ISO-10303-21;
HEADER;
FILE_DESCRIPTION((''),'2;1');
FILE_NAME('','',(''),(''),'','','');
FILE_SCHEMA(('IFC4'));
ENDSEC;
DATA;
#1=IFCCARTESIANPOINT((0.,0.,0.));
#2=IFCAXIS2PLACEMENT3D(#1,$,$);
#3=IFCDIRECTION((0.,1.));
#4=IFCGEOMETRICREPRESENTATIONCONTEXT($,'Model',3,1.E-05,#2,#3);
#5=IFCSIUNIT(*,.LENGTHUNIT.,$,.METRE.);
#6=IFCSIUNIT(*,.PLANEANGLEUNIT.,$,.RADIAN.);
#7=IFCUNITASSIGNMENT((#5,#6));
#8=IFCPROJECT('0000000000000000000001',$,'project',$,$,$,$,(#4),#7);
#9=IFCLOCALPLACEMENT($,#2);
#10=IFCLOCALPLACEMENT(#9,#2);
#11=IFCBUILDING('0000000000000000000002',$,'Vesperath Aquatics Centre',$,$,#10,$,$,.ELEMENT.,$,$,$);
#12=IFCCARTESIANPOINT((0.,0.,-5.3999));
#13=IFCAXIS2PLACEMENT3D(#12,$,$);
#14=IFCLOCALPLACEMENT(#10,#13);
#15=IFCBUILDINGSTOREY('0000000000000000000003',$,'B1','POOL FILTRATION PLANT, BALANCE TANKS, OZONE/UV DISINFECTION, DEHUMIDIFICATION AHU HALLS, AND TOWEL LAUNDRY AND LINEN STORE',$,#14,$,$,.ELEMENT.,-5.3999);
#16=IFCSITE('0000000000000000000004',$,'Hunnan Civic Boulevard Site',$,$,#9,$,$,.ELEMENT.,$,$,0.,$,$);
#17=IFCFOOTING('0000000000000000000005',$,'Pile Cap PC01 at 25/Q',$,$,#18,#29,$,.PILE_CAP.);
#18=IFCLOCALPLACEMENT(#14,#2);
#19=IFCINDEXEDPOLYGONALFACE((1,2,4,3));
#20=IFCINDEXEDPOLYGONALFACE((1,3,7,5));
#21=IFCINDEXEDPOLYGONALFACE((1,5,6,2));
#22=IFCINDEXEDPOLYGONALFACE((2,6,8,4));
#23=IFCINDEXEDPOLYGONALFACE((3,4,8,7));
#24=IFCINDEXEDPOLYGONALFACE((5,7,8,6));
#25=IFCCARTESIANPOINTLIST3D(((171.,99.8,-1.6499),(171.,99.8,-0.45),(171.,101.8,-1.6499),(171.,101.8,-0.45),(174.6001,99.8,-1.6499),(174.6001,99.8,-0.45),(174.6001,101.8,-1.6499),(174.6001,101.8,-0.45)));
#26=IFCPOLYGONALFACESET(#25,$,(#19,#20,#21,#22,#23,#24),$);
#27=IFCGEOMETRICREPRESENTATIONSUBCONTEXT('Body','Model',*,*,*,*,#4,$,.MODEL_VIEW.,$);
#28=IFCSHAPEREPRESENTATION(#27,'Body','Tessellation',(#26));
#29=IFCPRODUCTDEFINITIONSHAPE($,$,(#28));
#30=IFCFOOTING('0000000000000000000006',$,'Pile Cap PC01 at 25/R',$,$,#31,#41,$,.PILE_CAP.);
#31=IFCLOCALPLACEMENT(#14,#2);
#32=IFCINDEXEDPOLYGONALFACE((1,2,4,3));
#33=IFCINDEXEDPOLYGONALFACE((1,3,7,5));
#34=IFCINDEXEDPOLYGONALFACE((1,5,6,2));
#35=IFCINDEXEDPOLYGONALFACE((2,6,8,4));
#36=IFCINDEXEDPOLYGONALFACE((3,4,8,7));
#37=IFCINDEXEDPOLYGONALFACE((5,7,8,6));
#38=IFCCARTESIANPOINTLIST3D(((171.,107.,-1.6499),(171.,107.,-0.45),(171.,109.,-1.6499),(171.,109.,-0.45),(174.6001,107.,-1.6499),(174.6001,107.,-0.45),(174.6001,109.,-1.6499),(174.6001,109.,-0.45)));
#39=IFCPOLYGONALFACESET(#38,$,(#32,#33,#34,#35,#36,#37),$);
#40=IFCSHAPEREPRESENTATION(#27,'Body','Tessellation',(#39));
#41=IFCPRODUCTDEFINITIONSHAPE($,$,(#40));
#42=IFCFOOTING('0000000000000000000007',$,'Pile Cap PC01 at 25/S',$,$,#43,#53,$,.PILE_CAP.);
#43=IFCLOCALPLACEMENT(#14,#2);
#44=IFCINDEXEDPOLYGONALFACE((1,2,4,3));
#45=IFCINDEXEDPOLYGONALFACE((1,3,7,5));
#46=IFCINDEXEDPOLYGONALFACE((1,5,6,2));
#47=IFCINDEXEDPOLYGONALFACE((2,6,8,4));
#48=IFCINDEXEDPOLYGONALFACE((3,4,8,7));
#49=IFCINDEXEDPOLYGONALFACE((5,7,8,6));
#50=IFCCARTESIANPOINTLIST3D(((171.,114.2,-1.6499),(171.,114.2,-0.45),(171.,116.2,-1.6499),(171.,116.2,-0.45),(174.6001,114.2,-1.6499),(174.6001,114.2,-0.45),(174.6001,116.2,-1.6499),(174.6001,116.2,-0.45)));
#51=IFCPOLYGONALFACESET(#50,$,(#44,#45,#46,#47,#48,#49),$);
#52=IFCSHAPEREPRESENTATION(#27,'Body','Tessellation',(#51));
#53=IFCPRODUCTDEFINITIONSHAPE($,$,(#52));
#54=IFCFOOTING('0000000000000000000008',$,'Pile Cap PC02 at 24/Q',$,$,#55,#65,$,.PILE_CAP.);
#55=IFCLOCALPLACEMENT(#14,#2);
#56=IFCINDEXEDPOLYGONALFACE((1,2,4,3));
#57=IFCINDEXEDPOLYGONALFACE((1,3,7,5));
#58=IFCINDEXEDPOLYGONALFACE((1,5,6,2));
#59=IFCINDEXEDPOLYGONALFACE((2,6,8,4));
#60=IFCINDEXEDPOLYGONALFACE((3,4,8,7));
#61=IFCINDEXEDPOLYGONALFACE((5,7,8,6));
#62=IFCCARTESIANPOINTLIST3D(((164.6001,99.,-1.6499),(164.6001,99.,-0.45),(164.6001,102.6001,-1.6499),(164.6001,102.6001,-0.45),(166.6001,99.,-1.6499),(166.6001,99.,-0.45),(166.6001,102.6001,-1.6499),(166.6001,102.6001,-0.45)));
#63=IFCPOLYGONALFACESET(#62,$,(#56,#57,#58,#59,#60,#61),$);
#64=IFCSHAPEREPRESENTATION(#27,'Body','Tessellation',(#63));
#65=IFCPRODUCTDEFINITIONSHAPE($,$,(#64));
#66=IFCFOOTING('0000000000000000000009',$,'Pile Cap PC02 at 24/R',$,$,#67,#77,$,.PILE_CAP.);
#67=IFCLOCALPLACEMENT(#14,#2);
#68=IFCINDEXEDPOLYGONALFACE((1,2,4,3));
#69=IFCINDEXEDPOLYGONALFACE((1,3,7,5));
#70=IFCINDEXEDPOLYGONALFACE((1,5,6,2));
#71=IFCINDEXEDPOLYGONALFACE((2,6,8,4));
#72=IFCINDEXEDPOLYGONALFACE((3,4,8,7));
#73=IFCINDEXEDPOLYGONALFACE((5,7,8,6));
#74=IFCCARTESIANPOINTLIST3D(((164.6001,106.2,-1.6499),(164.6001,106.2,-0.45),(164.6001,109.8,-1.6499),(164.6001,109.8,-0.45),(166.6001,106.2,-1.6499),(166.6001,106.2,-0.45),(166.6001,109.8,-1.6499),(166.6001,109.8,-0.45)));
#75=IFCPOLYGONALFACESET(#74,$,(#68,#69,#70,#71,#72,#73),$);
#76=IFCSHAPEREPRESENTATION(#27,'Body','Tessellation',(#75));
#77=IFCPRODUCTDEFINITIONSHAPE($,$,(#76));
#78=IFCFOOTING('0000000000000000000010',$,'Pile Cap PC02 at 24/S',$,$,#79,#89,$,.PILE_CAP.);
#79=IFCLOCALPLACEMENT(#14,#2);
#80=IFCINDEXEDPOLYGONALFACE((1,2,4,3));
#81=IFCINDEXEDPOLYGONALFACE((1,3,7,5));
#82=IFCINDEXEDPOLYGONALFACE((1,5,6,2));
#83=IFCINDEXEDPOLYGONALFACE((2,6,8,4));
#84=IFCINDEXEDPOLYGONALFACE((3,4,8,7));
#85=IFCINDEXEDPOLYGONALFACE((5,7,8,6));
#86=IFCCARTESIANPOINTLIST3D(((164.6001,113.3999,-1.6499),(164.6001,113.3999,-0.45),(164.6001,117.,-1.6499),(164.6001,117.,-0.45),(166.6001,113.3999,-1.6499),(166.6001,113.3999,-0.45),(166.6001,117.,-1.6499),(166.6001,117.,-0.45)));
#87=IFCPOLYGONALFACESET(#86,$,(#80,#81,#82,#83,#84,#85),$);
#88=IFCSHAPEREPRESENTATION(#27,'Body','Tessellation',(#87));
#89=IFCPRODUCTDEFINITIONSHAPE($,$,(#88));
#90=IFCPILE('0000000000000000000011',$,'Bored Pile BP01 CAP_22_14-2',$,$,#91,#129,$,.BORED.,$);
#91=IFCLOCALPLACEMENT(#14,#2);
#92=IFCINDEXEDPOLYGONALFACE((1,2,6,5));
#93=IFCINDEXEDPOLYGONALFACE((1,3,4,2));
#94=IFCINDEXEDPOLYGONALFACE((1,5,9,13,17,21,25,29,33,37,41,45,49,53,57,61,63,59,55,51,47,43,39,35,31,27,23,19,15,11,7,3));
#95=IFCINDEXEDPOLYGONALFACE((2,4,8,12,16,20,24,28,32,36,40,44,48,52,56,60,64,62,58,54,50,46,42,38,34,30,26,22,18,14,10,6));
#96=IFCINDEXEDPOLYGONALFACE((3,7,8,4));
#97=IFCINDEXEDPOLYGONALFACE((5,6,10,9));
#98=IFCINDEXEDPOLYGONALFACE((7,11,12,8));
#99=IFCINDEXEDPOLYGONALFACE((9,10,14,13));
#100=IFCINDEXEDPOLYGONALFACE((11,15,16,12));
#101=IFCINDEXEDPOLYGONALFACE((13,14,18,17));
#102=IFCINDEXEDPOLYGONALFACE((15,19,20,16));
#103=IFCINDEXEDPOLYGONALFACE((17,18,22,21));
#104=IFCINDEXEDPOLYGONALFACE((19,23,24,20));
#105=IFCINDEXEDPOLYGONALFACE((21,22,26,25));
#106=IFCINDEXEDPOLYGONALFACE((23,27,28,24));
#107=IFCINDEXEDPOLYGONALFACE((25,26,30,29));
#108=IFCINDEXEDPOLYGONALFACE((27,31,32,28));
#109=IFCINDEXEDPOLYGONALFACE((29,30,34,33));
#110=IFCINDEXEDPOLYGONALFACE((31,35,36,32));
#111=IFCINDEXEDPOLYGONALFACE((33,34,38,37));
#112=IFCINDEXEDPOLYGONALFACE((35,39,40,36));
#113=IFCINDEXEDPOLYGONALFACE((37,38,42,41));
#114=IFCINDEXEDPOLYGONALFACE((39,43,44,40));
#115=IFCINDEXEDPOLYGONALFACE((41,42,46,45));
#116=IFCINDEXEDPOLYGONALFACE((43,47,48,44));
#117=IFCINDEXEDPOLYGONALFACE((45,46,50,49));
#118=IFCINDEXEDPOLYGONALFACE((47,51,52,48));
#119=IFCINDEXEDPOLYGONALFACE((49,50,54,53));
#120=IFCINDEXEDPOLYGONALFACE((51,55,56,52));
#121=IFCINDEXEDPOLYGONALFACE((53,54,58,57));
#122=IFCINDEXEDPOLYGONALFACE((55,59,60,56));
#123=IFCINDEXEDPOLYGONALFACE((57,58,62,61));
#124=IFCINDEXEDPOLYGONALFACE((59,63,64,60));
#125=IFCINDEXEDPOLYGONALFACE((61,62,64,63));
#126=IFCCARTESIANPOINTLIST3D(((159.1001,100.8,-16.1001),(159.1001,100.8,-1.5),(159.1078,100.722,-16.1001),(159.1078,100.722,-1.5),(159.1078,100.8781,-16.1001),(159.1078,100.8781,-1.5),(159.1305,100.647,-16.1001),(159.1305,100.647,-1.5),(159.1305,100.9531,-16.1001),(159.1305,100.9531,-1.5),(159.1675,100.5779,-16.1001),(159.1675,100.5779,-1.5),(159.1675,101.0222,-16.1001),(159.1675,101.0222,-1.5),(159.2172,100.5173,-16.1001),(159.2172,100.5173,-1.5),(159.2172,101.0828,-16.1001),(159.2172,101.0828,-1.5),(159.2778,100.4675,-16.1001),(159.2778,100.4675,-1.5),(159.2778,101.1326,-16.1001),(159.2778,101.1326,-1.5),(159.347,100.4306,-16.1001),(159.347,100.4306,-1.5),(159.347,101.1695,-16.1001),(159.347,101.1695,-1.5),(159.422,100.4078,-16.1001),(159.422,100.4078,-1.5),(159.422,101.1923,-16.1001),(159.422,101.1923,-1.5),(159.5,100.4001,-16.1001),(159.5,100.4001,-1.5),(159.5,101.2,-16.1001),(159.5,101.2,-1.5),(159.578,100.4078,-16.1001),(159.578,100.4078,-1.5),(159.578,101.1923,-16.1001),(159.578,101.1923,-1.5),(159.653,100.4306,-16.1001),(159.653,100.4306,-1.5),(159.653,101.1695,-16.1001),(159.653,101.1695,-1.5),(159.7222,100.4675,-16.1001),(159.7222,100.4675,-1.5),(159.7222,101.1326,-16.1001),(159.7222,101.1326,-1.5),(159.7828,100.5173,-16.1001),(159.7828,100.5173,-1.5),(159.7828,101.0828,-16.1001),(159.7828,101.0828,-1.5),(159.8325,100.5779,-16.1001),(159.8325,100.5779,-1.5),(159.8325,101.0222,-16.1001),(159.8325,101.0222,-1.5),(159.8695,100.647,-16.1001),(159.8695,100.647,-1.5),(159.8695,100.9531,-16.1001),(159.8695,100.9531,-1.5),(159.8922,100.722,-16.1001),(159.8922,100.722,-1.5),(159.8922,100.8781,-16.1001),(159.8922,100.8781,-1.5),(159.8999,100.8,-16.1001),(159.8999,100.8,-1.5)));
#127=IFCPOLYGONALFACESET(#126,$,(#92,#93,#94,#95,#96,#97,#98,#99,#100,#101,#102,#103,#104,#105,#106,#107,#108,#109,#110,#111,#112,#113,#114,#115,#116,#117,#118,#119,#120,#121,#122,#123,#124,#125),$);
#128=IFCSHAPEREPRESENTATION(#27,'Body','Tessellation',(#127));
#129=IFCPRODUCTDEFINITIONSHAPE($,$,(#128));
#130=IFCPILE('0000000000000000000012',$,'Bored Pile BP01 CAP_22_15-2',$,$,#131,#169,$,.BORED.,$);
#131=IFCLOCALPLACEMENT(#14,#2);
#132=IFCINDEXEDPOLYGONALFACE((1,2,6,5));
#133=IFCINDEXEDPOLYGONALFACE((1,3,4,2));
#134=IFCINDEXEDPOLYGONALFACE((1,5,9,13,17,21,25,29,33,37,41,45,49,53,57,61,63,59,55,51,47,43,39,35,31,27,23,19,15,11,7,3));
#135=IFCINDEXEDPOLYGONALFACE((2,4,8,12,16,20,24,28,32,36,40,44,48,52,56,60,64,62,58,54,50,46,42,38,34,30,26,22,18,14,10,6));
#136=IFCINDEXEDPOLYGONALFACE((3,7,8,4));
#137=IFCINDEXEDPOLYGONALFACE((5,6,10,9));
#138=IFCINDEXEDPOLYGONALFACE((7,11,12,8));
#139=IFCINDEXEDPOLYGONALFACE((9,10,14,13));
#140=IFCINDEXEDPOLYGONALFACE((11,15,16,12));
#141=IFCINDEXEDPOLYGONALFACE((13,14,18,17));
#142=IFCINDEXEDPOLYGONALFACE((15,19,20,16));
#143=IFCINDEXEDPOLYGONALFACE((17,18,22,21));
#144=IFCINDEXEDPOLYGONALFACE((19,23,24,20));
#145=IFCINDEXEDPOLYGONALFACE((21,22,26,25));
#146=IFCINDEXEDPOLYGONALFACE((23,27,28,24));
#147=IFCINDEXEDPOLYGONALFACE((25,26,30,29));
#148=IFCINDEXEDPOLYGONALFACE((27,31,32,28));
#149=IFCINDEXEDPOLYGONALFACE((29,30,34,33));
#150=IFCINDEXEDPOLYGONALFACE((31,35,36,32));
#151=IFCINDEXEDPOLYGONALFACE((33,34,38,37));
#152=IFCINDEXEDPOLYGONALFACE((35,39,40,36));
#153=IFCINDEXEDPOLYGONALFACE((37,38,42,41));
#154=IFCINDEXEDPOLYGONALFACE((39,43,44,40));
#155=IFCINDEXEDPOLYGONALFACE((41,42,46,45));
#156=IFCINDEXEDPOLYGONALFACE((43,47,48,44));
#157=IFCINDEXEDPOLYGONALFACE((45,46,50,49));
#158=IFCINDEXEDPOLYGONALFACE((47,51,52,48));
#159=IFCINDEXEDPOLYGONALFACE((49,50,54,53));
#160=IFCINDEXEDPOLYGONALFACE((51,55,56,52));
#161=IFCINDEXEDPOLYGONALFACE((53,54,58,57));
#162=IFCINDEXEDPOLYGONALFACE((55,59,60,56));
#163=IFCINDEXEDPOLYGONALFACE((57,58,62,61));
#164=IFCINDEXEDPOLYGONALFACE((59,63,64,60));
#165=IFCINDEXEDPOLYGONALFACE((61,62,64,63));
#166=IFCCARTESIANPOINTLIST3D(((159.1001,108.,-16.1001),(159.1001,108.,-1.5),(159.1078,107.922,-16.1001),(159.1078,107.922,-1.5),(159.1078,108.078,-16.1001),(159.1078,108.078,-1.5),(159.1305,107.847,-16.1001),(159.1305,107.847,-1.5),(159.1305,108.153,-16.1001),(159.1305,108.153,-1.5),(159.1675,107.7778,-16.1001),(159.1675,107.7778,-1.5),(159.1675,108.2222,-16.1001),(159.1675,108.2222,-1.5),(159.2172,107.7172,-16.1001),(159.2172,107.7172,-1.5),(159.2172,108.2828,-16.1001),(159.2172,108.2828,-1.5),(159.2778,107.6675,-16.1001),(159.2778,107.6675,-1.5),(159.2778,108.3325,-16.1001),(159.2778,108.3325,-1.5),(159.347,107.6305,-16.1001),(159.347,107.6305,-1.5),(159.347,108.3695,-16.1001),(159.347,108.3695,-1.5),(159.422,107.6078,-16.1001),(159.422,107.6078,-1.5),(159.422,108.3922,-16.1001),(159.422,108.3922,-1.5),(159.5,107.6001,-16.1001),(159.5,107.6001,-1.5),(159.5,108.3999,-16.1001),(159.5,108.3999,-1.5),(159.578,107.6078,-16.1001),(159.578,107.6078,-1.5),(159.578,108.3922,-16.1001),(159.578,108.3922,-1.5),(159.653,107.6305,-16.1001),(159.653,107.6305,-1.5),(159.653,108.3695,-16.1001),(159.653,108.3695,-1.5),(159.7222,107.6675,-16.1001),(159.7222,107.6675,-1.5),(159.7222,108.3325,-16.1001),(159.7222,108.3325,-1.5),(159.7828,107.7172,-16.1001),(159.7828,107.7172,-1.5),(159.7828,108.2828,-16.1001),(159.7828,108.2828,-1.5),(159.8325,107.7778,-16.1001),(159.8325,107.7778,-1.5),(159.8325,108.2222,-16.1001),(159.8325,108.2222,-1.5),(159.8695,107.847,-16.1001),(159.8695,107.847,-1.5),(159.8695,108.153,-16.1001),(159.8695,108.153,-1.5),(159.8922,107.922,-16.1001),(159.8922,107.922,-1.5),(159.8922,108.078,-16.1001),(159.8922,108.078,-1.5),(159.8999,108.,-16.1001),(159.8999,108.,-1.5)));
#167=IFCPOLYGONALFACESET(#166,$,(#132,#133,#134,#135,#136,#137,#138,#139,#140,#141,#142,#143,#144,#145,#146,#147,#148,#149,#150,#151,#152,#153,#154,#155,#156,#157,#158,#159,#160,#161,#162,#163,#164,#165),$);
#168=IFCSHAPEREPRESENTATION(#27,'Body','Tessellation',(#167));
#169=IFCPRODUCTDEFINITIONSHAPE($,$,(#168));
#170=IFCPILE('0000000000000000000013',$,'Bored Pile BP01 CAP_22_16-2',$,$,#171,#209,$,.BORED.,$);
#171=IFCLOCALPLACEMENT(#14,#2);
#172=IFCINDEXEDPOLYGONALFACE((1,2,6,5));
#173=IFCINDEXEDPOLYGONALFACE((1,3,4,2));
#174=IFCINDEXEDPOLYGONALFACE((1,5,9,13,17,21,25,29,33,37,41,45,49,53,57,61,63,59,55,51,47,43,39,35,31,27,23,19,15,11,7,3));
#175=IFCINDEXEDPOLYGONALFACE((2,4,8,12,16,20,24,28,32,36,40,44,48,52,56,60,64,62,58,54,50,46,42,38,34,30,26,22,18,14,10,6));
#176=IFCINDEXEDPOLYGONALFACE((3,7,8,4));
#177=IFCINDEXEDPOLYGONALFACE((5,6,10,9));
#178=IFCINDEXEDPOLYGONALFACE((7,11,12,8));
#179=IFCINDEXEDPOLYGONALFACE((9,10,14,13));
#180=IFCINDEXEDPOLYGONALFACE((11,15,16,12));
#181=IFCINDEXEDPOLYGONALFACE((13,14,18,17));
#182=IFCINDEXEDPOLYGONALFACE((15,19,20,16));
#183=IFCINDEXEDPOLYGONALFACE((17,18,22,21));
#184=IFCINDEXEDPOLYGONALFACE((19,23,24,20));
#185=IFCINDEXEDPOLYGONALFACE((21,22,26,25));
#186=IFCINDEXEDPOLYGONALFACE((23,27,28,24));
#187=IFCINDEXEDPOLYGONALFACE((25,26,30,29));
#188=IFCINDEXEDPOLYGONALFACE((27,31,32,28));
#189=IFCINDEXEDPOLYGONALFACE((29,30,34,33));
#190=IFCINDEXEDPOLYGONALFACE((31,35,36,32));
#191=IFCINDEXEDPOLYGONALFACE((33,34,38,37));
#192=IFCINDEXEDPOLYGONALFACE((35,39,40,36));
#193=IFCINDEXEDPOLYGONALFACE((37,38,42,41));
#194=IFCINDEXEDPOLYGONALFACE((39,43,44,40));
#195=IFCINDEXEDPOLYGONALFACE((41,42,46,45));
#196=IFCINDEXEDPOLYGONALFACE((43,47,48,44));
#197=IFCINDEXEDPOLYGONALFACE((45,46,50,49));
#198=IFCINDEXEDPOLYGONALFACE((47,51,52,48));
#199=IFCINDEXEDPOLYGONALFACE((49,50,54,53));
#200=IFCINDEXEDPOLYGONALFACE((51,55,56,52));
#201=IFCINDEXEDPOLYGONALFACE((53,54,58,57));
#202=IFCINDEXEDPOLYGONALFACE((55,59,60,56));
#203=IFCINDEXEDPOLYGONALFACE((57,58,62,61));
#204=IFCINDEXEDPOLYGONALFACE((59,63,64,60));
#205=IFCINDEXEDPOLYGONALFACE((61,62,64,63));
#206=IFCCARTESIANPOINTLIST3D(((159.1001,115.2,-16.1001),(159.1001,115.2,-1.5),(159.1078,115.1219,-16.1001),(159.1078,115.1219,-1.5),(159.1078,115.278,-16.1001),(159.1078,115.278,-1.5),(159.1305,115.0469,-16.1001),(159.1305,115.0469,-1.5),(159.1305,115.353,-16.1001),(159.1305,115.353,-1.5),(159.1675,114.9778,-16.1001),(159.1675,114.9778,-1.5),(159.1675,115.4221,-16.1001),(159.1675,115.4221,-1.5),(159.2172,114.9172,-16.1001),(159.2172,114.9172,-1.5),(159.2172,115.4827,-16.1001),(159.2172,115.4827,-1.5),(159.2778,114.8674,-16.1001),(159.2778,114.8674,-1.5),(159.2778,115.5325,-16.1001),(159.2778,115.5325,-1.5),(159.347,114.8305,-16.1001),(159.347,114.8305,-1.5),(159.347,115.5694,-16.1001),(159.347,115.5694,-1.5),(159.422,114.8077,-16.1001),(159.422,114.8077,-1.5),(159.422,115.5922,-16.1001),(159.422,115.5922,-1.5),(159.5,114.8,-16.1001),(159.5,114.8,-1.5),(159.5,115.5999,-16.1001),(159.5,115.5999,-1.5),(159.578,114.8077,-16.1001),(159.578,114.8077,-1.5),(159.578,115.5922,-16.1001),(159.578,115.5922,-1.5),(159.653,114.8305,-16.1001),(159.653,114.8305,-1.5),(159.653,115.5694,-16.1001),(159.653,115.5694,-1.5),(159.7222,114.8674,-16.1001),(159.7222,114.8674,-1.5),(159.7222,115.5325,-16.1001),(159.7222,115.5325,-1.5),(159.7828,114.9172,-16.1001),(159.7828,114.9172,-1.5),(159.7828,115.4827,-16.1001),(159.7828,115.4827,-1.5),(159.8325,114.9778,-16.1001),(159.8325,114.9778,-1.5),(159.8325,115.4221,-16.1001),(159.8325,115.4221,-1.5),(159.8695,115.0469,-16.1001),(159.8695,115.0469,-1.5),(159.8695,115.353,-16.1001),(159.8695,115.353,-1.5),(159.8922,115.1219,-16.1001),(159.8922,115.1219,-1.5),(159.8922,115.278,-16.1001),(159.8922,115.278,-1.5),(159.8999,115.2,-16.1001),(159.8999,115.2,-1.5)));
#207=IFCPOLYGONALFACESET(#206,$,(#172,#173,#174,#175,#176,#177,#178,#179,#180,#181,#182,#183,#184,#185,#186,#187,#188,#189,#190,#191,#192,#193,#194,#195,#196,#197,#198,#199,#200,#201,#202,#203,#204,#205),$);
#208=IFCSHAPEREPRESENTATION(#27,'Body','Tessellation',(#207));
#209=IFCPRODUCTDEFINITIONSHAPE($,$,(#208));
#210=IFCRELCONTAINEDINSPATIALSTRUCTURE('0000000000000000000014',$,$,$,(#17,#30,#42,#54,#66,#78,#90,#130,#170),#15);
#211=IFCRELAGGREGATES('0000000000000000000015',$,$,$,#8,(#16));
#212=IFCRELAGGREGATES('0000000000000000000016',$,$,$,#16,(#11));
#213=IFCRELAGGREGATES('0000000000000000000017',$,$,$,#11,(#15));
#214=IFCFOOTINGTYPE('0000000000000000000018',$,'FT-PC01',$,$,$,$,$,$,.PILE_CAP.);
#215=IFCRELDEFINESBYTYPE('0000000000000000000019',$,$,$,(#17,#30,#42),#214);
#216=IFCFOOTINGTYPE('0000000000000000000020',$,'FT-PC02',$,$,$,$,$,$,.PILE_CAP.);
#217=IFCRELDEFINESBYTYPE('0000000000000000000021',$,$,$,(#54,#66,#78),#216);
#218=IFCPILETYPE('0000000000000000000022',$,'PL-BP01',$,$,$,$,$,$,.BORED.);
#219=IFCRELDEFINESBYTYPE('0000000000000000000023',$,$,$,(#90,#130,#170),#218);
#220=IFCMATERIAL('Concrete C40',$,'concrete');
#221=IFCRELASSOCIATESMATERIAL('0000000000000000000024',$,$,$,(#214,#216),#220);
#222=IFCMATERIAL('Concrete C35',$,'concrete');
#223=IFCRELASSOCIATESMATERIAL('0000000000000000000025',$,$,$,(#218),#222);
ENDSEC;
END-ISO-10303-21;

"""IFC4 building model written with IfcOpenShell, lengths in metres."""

from ifc_helpers import new_model, si_unit, direction, frame, origin, origin_2d, place, context, subcontext, project, spatial, rectangle, circle, extrude, material, material_profile, profile_set, type_object, element, save


model = new_model("IFC4")

# Units and contexts
model_context = context("Model", 3, precision=1e-05, world=origin(), true_north=direction((0.0, 1.0)))
body_context = subcontext(model_context, "Body", "Model", "MODEL_VIEW")
ifc_project = project(units=[si_unit("LENGTHUNIT", "METRE"), si_unit("PLANEANGLEUNIT", "RADIAN")], contexts=[model_context])

# Site, building, storey
site_placement = place(None, origin())
site = spatial("IfcSite", under=ifc_project, at=site_placement, Name="Hunnan Civic Boulevard Site", CompositionType="ELEMENT", RefElevation=0.0)
building_placement = place(site_placement, origin())
building = spatial("IfcBuilding", under=site, at=building_placement, Name="Vesperath Aquatics Centre", CompositionType="ELEMENT")
storey_placement = place(building_placement, frame((0.0, 0.0, -5.3999)))
storey = spatial("IfcBuildingStorey", under=building, at=storey_placement, Name="B1", Description="POOL FILTRATION PLANT, BALANCE TANKS, OZONE/UV DISINFECTION, DEHUMIDIFICATION AHU HALLS, AND TOWEL LAUNDRY AND LINEN STORE", CompositionType="ELEMENT", Elevation=-5.3999)

# Footings
ifc_material_1 = material(Name="Concrete C40", Category="concrete")
footing_type_1 = type_object("IfcFootingType", Name="FT-PC01", PredefinedType="PILE_CAP", material=ifc_material_1)
for number, where, z_axis, x_axis, name in (
    (1, (172.8, 100.8, -1.6499), (0.0, 0.0, 1.0), (1.0, 0.0, 0.0), "Pile Cap PC01 at 25/Q"),
    (2, (172.8, 108.0, -1.6499), (0.0, 0.0, 1.0), (1.0, 0.0, 0.0), "Pile Cap PC01 at 25/R"),
    (3, (172.8, 115.2, -1.6499), (0.0, 0.0, 1.0), (1.0, 0.0, 0.0), "Pile Cap PC01 at 25/S"),
):
    element("IfcFooting", number, at=place(storey_placement, frame(where, z_axis=z_axis, x_axis=x_axis)), inside=storey, type_object=footing_type_1, Name=name, PredefinedType="PILE_CAP", context=body_context, shape_type="SweptSolid", body=[
        extrude(rectangle(XDim=3.6001, YDim=2.0, at=origin_2d()), origin(), (0.0, 0.0, 1.0), 1.2),
    ])
footing_type_2 = type_object("IfcFootingType", Name="FT-PC02", PredefinedType="PILE_CAP", material=ifc_material_1)
for number, where, z_axis, x_axis, name in (
    (4, (165.6001, 100.8, -1.6499), (0.0, 0.0, 1.0), (1.0, 0.0, 0.0), "Pile Cap PC02 at 24/Q"),
    (5, (165.6001, 108.0, -1.6499), (0.0, 0.0, 1.0), (1.0, 0.0, 0.0), "Pile Cap PC02 at 24/R"),
    (6, (165.6001, 115.2, -1.6499), (0.0, 0.0, 1.0), (1.0, 0.0, 0.0), "Pile Cap PC02 at 24/S"),
):
    element("IfcFooting", number, at=place(storey_placement, frame(where, z_axis=z_axis, x_axis=x_axis)), inside=storey, type_object=footing_type_2, Name=name, PredefinedType="PILE_CAP", context=body_context, shape_type="SweptSolid", body=[
        extrude(rectangle(XDim=2.0, YDim=3.6001, at=origin_2d()), origin(), (0.0, 0.0, 1.0), 1.2),
    ])

# Piles
ifc_material_2 = material(Name="Concrete C35", Category="concrete")
ifc_material_profile_1 = material_profile(ifc_material_2, circle(Radius=0.3999, at=origin_2d()), Name="PILE D800")
ifc_profile_set_1 = profile_set([ifc_material_profile_1], Name="Concrete C35")
pile_type = type_object("IfcPileType", Name="PL-BP01", PredefinedType="BORED", material=ifc_profile_set_1)
for number, where, z_axis, x_axis, name in (
    (7, (159.5, 100.8, -1.5), (0.0, 0.0, -1.0), (1.0, 0.0, 0.0), "Bored Pile BP01 CAP_22_14-2"),
    (8, (159.5, 108.0, -1.5), (0.0, 0.0, -1.0), (1.0, 0.0, 0.0), "Bored Pile BP01 CAP_22_15-2"),
    (9, (159.5, 115.2, -1.5), (0.0, 0.0, -1.0), (1.0, 0.0, 0.0), "Bored Pile BP01 CAP_22_16-2"),
):
    element("IfcPile", number, at=place(storey_placement, frame(where, z_axis=z_axis, x_axis=x_axis)), inside=storey, type_object=pile_type, Name=name, PredefinedType="BORED", context=body_context, shape_type="SweptSolid", body=[
        extrude(circle(Radius=0.3999, at=origin_2d()), origin(), (0.0, 0.0, 1.0), 14.6001),
    ])

save(model, "model.ifc")
